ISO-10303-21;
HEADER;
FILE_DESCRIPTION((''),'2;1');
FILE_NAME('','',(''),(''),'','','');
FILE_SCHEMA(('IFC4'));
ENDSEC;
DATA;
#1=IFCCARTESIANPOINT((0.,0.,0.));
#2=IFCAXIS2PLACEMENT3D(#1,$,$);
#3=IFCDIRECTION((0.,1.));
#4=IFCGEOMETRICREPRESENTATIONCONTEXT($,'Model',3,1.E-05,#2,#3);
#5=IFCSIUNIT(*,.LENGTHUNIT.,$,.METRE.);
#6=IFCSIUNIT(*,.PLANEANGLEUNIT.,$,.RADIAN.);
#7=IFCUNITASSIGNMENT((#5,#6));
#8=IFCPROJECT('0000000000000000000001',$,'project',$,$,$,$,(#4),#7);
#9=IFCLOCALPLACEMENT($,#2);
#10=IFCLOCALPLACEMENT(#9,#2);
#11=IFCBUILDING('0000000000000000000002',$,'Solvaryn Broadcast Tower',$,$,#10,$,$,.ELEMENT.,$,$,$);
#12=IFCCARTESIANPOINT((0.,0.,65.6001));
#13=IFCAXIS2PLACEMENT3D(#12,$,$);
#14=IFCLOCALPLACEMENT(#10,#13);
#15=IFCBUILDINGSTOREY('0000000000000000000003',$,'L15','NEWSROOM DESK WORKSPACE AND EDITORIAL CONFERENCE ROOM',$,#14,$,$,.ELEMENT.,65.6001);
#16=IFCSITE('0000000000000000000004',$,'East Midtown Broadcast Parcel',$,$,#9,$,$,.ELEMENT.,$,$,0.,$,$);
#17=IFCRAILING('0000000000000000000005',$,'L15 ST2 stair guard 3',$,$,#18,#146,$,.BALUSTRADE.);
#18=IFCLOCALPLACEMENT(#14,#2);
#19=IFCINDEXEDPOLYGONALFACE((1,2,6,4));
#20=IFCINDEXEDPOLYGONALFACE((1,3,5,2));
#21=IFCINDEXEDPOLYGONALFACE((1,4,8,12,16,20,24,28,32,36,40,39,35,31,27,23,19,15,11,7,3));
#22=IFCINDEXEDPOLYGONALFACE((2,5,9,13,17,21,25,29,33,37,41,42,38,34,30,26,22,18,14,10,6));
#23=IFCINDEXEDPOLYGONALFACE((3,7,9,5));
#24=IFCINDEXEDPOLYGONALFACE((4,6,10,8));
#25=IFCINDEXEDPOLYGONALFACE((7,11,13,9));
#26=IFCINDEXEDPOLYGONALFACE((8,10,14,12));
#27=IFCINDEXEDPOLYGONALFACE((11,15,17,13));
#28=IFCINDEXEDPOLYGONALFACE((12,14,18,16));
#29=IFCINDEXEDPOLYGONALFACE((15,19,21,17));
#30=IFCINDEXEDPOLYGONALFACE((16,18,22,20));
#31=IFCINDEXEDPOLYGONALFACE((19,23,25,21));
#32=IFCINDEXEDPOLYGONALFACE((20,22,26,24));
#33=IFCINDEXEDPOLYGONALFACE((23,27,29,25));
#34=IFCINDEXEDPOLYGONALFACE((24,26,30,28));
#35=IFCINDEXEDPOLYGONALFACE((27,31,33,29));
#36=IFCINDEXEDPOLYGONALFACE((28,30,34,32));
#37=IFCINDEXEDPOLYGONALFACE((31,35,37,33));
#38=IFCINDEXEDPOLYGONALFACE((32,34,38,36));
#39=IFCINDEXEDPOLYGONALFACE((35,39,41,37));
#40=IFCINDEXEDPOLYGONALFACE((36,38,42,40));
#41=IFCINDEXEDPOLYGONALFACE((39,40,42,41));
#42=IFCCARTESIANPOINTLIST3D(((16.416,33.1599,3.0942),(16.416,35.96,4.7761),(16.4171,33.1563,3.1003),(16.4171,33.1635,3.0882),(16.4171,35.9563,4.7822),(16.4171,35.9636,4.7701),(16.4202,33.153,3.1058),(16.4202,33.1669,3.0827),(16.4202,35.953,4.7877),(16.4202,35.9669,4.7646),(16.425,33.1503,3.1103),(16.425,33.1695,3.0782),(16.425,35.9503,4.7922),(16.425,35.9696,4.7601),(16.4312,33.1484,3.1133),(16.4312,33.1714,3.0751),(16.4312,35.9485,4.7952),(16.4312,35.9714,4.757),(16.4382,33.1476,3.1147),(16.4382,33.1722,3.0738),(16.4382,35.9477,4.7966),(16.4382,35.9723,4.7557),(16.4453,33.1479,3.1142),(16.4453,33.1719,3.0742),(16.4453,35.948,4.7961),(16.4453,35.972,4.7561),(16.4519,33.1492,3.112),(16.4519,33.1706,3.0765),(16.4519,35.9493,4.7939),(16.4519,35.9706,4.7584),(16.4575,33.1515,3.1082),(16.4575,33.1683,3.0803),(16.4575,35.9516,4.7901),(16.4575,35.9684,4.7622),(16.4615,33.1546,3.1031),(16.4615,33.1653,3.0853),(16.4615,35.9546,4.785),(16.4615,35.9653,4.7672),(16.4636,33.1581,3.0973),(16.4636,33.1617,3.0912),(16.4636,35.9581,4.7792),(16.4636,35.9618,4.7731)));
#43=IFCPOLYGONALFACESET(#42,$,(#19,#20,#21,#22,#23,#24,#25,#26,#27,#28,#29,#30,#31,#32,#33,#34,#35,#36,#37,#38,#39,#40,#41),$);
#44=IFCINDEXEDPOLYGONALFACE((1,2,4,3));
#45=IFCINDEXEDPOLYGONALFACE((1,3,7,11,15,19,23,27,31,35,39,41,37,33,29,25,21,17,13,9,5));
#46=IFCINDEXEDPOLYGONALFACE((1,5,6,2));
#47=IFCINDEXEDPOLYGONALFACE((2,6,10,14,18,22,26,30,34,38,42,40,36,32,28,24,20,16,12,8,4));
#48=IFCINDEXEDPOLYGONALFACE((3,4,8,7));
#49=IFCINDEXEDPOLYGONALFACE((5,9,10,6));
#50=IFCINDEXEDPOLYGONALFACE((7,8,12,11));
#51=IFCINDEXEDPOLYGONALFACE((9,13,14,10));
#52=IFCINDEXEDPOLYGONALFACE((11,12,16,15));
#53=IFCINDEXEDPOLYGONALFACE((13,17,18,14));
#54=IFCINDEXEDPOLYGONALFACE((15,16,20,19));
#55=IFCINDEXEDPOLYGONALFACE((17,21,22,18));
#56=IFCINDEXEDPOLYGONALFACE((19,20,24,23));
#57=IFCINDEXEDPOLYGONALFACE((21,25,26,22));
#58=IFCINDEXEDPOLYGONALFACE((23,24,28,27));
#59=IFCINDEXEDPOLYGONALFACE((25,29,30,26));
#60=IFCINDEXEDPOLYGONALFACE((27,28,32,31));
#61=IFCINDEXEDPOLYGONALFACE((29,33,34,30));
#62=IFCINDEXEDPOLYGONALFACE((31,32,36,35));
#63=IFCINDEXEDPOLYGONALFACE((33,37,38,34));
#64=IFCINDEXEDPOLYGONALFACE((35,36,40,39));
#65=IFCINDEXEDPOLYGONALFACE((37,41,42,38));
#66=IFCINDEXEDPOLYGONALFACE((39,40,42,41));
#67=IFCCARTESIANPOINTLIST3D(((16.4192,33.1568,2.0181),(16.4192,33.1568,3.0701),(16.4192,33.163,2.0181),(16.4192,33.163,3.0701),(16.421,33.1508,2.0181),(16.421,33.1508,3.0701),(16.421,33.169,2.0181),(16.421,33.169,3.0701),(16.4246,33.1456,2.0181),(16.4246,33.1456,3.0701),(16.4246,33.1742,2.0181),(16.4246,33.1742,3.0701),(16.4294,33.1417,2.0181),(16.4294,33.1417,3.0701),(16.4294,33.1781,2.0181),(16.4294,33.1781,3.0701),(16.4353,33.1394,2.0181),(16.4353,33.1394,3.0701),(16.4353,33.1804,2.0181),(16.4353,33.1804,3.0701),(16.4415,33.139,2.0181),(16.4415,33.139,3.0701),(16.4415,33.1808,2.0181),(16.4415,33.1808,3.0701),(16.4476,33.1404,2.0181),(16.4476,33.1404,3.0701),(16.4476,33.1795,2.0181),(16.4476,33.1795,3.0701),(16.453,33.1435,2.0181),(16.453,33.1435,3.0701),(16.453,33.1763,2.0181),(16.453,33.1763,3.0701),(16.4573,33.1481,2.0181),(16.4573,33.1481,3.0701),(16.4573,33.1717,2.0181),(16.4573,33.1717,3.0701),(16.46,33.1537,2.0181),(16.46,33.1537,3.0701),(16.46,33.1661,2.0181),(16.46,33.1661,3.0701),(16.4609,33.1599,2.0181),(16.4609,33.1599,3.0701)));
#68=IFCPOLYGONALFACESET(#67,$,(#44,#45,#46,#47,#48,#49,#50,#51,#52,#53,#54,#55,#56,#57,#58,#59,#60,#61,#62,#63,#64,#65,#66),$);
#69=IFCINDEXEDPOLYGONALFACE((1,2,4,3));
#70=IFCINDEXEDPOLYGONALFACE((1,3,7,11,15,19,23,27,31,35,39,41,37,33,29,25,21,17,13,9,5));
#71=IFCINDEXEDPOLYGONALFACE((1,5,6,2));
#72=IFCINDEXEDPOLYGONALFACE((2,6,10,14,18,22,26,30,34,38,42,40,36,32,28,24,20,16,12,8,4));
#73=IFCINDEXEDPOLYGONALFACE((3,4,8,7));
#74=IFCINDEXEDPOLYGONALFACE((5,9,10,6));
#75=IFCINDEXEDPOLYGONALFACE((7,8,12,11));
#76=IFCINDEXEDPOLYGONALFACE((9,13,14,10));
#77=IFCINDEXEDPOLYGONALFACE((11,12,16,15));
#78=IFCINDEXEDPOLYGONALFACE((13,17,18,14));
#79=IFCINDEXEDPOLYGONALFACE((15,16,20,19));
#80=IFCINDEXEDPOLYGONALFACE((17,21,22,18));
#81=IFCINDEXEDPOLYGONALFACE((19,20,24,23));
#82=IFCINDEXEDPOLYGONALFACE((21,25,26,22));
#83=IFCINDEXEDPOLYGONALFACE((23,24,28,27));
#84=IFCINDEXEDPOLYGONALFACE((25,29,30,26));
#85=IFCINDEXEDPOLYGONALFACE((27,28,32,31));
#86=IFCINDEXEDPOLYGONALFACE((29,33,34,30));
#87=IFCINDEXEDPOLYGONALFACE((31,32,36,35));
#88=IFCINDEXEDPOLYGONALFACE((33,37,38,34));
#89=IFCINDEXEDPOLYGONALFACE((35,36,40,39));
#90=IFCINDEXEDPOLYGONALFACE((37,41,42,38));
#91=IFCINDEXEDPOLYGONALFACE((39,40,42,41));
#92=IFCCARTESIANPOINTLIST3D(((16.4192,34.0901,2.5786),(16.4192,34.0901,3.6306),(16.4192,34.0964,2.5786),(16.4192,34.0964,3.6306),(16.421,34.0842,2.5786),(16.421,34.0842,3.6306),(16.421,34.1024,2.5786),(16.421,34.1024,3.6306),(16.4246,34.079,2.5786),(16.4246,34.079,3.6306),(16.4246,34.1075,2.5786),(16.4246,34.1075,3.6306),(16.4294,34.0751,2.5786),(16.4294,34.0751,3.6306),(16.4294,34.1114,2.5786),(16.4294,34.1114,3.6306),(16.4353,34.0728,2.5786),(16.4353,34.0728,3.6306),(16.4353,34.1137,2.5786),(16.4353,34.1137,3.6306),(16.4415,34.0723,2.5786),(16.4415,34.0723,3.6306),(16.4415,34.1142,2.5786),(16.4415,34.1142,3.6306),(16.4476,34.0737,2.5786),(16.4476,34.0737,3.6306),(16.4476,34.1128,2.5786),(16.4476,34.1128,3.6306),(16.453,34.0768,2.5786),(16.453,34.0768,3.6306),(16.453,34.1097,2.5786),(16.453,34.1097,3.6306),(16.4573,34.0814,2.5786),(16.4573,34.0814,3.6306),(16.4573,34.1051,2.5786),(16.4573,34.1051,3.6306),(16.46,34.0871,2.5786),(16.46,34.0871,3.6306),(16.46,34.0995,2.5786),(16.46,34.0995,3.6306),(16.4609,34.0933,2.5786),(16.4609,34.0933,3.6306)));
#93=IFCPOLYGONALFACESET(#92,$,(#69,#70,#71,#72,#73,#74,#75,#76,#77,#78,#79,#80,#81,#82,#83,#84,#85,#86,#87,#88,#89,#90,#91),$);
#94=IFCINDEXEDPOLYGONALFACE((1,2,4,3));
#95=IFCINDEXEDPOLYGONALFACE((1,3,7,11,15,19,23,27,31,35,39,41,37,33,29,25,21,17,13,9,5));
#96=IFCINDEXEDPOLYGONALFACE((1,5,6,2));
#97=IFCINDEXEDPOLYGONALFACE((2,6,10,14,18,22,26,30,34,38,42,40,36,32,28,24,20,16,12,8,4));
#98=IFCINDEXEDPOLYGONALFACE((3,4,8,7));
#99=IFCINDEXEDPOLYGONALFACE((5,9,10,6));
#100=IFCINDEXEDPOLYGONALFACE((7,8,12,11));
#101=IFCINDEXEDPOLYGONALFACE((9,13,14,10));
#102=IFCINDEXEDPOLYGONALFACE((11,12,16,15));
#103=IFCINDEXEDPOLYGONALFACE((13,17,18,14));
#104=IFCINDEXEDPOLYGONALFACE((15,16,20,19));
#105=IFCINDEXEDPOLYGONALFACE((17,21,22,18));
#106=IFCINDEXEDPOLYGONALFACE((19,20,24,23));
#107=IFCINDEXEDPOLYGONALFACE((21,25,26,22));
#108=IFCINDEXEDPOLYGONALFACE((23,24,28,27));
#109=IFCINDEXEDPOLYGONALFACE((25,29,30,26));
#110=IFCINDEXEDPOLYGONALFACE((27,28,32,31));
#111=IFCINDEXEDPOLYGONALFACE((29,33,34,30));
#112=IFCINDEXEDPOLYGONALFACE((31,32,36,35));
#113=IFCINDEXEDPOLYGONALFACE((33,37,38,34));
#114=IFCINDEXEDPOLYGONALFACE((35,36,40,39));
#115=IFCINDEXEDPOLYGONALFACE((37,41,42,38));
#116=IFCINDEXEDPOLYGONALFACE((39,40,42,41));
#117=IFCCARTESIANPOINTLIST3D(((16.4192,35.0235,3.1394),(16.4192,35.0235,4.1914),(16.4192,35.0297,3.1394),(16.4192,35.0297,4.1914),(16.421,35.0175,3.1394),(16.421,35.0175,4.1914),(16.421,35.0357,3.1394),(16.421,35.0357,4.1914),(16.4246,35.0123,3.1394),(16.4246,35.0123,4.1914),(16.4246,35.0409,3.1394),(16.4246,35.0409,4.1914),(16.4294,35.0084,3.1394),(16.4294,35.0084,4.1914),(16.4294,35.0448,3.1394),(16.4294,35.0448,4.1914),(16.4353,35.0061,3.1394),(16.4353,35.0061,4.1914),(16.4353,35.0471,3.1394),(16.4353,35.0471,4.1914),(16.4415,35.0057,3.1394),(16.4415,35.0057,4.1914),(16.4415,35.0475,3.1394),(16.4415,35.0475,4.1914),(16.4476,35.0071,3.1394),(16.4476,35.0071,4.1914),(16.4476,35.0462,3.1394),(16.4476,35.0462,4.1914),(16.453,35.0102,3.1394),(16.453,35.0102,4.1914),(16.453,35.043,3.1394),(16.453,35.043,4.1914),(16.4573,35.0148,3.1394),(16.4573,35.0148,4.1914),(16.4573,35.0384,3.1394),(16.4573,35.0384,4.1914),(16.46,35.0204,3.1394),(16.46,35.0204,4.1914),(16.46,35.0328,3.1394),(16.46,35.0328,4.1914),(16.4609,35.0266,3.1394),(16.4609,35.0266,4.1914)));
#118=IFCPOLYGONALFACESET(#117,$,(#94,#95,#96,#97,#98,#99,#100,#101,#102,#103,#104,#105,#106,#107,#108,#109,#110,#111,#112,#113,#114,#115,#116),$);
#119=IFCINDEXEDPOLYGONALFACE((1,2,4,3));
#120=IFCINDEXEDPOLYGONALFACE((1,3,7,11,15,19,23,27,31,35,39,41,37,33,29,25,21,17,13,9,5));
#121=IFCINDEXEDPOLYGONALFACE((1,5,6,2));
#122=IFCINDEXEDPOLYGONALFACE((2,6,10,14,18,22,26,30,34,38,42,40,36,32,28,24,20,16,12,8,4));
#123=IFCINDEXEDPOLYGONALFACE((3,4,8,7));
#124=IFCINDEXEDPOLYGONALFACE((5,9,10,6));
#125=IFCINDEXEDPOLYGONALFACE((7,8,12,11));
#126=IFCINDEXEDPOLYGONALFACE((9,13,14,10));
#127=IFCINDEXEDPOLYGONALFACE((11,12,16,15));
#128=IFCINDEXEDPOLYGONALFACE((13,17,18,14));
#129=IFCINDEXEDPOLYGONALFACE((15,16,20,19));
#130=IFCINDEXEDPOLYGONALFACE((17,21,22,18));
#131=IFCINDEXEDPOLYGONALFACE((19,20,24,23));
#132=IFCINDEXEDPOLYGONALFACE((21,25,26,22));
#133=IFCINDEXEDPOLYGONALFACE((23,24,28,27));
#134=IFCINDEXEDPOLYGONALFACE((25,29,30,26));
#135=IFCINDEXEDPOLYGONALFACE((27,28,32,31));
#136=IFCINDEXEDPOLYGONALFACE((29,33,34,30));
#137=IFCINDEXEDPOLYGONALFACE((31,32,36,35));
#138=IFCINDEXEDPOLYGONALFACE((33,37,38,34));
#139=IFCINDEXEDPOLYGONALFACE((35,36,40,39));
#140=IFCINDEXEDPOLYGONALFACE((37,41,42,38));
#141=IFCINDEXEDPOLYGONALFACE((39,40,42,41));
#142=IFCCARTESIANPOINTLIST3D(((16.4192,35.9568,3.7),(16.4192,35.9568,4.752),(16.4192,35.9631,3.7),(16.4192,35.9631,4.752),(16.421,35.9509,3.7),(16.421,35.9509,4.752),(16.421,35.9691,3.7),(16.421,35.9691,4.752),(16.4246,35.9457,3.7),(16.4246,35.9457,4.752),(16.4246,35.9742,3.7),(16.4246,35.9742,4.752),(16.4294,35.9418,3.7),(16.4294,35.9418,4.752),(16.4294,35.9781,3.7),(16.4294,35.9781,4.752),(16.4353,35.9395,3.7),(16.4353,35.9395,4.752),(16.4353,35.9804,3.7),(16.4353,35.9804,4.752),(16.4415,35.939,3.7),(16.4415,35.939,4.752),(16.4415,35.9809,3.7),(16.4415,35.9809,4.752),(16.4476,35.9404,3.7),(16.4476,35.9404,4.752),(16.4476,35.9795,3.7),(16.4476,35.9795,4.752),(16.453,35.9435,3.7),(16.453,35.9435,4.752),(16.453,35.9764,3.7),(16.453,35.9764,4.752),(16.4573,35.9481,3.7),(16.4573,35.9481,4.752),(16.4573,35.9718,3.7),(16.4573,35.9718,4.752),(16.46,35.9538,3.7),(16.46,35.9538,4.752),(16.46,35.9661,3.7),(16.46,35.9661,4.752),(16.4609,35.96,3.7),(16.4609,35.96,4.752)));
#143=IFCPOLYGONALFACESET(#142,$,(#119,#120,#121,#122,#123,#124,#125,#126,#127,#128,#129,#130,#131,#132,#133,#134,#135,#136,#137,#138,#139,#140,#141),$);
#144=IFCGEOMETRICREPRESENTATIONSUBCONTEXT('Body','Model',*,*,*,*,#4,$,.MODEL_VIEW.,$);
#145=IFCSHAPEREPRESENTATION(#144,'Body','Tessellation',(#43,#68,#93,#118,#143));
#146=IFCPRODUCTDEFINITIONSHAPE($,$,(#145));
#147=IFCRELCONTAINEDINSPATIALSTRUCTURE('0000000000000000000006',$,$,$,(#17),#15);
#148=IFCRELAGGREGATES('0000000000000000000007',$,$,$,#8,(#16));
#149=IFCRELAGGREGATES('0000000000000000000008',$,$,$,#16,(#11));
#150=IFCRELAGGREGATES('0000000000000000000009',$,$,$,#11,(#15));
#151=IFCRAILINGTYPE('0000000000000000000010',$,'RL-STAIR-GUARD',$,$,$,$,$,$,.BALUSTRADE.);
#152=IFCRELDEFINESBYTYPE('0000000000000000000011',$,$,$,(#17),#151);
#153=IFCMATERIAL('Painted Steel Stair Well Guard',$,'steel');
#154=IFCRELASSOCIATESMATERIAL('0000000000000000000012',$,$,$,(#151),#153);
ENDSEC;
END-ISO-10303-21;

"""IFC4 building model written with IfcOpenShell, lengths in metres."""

from ifc_helpers import new_model, si_unit, direction, frame, origin, origin_2d, place, context, subcontext, project, spatial, circle, extrude, material, type_object, element, save


model = new_model("IFC4")

# Units and contexts
model_context = context("Model", 3, precision=1e-05, world=origin(), true_north=direction((0.0, 1.0)))
body_context = subcontext(model_context, "Body", "Model", "MODEL_VIEW")
ifc_project = project(units=[si_unit("LENGTHUNIT", "METRE"), si_unit("PLANEANGLEUNIT", "RADIAN")], contexts=[model_context])

# Site, building, storey
site_placement = place(None, origin())
site = spatial("IfcSite", under=ifc_project, at=site_placement, Name="East Midtown Broadcast Parcel", CompositionType="ELEMENT", RefElevation=0.0)
building_placement = place(site_placement, origin())
building = spatial("IfcBuilding", under=site, at=building_placement, Name="Solvaryn Broadcast Tower", CompositionType="ELEMENT")
storey_placement = place(building_placement, frame((0.0, 0.0, 65.6001)))
storey = spatial("IfcBuildingStorey", under=building, at=storey_placement, Name="L15", Description="NEWSROOM DESK WORKSPACE AND EDITORIAL CONFERENCE ROOM", CompositionType="ELEMENT", Elevation=65.6001)

# Railing
ifc_material_1 = material(Name="Painted Steel Stair Well Guard", Category="steel")
railing_type_1 = type_object("IfcRailingType", Name="RL-STAIR-GUARD", PredefinedType="BALUSTRADE", material=ifc_material_1)
railing_1_placement = place(storey_placement, frame((16.4399, 33.1599, 2.0181)))
element("IfcRailing", 1, at=railing_1_placement, inside=storey, type_object=railing_type_1, Name="L15 ST2 stair guard 3", PredefinedType="BALUSTRADE", context=body_context, shape_type="SweptSolid", body=[
    extrude(circle(Radius=0.0239, at=origin_2d()), frame((0.0, 0.0, 1.0762), z_axis=(0.0, 0.857242, 0.514913), x_axis=(-1.0, 0.0, 0.0)), (0.0, 0.0, 1.0), 3.2664),
    extrude(circle(Radius=0.021, at=origin_2d()), origin(), (0.0, 0.0, 1.0), 1.052),
    extrude(circle(Radius=0.021, at=origin_2d()), frame((0.0, 0.9333, 0.5605)), (0.0, 0.0, 1.0), 1.052),
    extrude(circle(Radius=0.021, at=origin_2d()), frame((0.0, 1.8667, 1.1213)), (0.0, 0.0, 1.0), 1.052),
    extrude(circle(Radius=0.021, at=origin_2d()), frame((0.0, 2.8, 1.6819)), (0.0, 0.0, 1.0), 1.052),
])

save(model, "model.ifc")
